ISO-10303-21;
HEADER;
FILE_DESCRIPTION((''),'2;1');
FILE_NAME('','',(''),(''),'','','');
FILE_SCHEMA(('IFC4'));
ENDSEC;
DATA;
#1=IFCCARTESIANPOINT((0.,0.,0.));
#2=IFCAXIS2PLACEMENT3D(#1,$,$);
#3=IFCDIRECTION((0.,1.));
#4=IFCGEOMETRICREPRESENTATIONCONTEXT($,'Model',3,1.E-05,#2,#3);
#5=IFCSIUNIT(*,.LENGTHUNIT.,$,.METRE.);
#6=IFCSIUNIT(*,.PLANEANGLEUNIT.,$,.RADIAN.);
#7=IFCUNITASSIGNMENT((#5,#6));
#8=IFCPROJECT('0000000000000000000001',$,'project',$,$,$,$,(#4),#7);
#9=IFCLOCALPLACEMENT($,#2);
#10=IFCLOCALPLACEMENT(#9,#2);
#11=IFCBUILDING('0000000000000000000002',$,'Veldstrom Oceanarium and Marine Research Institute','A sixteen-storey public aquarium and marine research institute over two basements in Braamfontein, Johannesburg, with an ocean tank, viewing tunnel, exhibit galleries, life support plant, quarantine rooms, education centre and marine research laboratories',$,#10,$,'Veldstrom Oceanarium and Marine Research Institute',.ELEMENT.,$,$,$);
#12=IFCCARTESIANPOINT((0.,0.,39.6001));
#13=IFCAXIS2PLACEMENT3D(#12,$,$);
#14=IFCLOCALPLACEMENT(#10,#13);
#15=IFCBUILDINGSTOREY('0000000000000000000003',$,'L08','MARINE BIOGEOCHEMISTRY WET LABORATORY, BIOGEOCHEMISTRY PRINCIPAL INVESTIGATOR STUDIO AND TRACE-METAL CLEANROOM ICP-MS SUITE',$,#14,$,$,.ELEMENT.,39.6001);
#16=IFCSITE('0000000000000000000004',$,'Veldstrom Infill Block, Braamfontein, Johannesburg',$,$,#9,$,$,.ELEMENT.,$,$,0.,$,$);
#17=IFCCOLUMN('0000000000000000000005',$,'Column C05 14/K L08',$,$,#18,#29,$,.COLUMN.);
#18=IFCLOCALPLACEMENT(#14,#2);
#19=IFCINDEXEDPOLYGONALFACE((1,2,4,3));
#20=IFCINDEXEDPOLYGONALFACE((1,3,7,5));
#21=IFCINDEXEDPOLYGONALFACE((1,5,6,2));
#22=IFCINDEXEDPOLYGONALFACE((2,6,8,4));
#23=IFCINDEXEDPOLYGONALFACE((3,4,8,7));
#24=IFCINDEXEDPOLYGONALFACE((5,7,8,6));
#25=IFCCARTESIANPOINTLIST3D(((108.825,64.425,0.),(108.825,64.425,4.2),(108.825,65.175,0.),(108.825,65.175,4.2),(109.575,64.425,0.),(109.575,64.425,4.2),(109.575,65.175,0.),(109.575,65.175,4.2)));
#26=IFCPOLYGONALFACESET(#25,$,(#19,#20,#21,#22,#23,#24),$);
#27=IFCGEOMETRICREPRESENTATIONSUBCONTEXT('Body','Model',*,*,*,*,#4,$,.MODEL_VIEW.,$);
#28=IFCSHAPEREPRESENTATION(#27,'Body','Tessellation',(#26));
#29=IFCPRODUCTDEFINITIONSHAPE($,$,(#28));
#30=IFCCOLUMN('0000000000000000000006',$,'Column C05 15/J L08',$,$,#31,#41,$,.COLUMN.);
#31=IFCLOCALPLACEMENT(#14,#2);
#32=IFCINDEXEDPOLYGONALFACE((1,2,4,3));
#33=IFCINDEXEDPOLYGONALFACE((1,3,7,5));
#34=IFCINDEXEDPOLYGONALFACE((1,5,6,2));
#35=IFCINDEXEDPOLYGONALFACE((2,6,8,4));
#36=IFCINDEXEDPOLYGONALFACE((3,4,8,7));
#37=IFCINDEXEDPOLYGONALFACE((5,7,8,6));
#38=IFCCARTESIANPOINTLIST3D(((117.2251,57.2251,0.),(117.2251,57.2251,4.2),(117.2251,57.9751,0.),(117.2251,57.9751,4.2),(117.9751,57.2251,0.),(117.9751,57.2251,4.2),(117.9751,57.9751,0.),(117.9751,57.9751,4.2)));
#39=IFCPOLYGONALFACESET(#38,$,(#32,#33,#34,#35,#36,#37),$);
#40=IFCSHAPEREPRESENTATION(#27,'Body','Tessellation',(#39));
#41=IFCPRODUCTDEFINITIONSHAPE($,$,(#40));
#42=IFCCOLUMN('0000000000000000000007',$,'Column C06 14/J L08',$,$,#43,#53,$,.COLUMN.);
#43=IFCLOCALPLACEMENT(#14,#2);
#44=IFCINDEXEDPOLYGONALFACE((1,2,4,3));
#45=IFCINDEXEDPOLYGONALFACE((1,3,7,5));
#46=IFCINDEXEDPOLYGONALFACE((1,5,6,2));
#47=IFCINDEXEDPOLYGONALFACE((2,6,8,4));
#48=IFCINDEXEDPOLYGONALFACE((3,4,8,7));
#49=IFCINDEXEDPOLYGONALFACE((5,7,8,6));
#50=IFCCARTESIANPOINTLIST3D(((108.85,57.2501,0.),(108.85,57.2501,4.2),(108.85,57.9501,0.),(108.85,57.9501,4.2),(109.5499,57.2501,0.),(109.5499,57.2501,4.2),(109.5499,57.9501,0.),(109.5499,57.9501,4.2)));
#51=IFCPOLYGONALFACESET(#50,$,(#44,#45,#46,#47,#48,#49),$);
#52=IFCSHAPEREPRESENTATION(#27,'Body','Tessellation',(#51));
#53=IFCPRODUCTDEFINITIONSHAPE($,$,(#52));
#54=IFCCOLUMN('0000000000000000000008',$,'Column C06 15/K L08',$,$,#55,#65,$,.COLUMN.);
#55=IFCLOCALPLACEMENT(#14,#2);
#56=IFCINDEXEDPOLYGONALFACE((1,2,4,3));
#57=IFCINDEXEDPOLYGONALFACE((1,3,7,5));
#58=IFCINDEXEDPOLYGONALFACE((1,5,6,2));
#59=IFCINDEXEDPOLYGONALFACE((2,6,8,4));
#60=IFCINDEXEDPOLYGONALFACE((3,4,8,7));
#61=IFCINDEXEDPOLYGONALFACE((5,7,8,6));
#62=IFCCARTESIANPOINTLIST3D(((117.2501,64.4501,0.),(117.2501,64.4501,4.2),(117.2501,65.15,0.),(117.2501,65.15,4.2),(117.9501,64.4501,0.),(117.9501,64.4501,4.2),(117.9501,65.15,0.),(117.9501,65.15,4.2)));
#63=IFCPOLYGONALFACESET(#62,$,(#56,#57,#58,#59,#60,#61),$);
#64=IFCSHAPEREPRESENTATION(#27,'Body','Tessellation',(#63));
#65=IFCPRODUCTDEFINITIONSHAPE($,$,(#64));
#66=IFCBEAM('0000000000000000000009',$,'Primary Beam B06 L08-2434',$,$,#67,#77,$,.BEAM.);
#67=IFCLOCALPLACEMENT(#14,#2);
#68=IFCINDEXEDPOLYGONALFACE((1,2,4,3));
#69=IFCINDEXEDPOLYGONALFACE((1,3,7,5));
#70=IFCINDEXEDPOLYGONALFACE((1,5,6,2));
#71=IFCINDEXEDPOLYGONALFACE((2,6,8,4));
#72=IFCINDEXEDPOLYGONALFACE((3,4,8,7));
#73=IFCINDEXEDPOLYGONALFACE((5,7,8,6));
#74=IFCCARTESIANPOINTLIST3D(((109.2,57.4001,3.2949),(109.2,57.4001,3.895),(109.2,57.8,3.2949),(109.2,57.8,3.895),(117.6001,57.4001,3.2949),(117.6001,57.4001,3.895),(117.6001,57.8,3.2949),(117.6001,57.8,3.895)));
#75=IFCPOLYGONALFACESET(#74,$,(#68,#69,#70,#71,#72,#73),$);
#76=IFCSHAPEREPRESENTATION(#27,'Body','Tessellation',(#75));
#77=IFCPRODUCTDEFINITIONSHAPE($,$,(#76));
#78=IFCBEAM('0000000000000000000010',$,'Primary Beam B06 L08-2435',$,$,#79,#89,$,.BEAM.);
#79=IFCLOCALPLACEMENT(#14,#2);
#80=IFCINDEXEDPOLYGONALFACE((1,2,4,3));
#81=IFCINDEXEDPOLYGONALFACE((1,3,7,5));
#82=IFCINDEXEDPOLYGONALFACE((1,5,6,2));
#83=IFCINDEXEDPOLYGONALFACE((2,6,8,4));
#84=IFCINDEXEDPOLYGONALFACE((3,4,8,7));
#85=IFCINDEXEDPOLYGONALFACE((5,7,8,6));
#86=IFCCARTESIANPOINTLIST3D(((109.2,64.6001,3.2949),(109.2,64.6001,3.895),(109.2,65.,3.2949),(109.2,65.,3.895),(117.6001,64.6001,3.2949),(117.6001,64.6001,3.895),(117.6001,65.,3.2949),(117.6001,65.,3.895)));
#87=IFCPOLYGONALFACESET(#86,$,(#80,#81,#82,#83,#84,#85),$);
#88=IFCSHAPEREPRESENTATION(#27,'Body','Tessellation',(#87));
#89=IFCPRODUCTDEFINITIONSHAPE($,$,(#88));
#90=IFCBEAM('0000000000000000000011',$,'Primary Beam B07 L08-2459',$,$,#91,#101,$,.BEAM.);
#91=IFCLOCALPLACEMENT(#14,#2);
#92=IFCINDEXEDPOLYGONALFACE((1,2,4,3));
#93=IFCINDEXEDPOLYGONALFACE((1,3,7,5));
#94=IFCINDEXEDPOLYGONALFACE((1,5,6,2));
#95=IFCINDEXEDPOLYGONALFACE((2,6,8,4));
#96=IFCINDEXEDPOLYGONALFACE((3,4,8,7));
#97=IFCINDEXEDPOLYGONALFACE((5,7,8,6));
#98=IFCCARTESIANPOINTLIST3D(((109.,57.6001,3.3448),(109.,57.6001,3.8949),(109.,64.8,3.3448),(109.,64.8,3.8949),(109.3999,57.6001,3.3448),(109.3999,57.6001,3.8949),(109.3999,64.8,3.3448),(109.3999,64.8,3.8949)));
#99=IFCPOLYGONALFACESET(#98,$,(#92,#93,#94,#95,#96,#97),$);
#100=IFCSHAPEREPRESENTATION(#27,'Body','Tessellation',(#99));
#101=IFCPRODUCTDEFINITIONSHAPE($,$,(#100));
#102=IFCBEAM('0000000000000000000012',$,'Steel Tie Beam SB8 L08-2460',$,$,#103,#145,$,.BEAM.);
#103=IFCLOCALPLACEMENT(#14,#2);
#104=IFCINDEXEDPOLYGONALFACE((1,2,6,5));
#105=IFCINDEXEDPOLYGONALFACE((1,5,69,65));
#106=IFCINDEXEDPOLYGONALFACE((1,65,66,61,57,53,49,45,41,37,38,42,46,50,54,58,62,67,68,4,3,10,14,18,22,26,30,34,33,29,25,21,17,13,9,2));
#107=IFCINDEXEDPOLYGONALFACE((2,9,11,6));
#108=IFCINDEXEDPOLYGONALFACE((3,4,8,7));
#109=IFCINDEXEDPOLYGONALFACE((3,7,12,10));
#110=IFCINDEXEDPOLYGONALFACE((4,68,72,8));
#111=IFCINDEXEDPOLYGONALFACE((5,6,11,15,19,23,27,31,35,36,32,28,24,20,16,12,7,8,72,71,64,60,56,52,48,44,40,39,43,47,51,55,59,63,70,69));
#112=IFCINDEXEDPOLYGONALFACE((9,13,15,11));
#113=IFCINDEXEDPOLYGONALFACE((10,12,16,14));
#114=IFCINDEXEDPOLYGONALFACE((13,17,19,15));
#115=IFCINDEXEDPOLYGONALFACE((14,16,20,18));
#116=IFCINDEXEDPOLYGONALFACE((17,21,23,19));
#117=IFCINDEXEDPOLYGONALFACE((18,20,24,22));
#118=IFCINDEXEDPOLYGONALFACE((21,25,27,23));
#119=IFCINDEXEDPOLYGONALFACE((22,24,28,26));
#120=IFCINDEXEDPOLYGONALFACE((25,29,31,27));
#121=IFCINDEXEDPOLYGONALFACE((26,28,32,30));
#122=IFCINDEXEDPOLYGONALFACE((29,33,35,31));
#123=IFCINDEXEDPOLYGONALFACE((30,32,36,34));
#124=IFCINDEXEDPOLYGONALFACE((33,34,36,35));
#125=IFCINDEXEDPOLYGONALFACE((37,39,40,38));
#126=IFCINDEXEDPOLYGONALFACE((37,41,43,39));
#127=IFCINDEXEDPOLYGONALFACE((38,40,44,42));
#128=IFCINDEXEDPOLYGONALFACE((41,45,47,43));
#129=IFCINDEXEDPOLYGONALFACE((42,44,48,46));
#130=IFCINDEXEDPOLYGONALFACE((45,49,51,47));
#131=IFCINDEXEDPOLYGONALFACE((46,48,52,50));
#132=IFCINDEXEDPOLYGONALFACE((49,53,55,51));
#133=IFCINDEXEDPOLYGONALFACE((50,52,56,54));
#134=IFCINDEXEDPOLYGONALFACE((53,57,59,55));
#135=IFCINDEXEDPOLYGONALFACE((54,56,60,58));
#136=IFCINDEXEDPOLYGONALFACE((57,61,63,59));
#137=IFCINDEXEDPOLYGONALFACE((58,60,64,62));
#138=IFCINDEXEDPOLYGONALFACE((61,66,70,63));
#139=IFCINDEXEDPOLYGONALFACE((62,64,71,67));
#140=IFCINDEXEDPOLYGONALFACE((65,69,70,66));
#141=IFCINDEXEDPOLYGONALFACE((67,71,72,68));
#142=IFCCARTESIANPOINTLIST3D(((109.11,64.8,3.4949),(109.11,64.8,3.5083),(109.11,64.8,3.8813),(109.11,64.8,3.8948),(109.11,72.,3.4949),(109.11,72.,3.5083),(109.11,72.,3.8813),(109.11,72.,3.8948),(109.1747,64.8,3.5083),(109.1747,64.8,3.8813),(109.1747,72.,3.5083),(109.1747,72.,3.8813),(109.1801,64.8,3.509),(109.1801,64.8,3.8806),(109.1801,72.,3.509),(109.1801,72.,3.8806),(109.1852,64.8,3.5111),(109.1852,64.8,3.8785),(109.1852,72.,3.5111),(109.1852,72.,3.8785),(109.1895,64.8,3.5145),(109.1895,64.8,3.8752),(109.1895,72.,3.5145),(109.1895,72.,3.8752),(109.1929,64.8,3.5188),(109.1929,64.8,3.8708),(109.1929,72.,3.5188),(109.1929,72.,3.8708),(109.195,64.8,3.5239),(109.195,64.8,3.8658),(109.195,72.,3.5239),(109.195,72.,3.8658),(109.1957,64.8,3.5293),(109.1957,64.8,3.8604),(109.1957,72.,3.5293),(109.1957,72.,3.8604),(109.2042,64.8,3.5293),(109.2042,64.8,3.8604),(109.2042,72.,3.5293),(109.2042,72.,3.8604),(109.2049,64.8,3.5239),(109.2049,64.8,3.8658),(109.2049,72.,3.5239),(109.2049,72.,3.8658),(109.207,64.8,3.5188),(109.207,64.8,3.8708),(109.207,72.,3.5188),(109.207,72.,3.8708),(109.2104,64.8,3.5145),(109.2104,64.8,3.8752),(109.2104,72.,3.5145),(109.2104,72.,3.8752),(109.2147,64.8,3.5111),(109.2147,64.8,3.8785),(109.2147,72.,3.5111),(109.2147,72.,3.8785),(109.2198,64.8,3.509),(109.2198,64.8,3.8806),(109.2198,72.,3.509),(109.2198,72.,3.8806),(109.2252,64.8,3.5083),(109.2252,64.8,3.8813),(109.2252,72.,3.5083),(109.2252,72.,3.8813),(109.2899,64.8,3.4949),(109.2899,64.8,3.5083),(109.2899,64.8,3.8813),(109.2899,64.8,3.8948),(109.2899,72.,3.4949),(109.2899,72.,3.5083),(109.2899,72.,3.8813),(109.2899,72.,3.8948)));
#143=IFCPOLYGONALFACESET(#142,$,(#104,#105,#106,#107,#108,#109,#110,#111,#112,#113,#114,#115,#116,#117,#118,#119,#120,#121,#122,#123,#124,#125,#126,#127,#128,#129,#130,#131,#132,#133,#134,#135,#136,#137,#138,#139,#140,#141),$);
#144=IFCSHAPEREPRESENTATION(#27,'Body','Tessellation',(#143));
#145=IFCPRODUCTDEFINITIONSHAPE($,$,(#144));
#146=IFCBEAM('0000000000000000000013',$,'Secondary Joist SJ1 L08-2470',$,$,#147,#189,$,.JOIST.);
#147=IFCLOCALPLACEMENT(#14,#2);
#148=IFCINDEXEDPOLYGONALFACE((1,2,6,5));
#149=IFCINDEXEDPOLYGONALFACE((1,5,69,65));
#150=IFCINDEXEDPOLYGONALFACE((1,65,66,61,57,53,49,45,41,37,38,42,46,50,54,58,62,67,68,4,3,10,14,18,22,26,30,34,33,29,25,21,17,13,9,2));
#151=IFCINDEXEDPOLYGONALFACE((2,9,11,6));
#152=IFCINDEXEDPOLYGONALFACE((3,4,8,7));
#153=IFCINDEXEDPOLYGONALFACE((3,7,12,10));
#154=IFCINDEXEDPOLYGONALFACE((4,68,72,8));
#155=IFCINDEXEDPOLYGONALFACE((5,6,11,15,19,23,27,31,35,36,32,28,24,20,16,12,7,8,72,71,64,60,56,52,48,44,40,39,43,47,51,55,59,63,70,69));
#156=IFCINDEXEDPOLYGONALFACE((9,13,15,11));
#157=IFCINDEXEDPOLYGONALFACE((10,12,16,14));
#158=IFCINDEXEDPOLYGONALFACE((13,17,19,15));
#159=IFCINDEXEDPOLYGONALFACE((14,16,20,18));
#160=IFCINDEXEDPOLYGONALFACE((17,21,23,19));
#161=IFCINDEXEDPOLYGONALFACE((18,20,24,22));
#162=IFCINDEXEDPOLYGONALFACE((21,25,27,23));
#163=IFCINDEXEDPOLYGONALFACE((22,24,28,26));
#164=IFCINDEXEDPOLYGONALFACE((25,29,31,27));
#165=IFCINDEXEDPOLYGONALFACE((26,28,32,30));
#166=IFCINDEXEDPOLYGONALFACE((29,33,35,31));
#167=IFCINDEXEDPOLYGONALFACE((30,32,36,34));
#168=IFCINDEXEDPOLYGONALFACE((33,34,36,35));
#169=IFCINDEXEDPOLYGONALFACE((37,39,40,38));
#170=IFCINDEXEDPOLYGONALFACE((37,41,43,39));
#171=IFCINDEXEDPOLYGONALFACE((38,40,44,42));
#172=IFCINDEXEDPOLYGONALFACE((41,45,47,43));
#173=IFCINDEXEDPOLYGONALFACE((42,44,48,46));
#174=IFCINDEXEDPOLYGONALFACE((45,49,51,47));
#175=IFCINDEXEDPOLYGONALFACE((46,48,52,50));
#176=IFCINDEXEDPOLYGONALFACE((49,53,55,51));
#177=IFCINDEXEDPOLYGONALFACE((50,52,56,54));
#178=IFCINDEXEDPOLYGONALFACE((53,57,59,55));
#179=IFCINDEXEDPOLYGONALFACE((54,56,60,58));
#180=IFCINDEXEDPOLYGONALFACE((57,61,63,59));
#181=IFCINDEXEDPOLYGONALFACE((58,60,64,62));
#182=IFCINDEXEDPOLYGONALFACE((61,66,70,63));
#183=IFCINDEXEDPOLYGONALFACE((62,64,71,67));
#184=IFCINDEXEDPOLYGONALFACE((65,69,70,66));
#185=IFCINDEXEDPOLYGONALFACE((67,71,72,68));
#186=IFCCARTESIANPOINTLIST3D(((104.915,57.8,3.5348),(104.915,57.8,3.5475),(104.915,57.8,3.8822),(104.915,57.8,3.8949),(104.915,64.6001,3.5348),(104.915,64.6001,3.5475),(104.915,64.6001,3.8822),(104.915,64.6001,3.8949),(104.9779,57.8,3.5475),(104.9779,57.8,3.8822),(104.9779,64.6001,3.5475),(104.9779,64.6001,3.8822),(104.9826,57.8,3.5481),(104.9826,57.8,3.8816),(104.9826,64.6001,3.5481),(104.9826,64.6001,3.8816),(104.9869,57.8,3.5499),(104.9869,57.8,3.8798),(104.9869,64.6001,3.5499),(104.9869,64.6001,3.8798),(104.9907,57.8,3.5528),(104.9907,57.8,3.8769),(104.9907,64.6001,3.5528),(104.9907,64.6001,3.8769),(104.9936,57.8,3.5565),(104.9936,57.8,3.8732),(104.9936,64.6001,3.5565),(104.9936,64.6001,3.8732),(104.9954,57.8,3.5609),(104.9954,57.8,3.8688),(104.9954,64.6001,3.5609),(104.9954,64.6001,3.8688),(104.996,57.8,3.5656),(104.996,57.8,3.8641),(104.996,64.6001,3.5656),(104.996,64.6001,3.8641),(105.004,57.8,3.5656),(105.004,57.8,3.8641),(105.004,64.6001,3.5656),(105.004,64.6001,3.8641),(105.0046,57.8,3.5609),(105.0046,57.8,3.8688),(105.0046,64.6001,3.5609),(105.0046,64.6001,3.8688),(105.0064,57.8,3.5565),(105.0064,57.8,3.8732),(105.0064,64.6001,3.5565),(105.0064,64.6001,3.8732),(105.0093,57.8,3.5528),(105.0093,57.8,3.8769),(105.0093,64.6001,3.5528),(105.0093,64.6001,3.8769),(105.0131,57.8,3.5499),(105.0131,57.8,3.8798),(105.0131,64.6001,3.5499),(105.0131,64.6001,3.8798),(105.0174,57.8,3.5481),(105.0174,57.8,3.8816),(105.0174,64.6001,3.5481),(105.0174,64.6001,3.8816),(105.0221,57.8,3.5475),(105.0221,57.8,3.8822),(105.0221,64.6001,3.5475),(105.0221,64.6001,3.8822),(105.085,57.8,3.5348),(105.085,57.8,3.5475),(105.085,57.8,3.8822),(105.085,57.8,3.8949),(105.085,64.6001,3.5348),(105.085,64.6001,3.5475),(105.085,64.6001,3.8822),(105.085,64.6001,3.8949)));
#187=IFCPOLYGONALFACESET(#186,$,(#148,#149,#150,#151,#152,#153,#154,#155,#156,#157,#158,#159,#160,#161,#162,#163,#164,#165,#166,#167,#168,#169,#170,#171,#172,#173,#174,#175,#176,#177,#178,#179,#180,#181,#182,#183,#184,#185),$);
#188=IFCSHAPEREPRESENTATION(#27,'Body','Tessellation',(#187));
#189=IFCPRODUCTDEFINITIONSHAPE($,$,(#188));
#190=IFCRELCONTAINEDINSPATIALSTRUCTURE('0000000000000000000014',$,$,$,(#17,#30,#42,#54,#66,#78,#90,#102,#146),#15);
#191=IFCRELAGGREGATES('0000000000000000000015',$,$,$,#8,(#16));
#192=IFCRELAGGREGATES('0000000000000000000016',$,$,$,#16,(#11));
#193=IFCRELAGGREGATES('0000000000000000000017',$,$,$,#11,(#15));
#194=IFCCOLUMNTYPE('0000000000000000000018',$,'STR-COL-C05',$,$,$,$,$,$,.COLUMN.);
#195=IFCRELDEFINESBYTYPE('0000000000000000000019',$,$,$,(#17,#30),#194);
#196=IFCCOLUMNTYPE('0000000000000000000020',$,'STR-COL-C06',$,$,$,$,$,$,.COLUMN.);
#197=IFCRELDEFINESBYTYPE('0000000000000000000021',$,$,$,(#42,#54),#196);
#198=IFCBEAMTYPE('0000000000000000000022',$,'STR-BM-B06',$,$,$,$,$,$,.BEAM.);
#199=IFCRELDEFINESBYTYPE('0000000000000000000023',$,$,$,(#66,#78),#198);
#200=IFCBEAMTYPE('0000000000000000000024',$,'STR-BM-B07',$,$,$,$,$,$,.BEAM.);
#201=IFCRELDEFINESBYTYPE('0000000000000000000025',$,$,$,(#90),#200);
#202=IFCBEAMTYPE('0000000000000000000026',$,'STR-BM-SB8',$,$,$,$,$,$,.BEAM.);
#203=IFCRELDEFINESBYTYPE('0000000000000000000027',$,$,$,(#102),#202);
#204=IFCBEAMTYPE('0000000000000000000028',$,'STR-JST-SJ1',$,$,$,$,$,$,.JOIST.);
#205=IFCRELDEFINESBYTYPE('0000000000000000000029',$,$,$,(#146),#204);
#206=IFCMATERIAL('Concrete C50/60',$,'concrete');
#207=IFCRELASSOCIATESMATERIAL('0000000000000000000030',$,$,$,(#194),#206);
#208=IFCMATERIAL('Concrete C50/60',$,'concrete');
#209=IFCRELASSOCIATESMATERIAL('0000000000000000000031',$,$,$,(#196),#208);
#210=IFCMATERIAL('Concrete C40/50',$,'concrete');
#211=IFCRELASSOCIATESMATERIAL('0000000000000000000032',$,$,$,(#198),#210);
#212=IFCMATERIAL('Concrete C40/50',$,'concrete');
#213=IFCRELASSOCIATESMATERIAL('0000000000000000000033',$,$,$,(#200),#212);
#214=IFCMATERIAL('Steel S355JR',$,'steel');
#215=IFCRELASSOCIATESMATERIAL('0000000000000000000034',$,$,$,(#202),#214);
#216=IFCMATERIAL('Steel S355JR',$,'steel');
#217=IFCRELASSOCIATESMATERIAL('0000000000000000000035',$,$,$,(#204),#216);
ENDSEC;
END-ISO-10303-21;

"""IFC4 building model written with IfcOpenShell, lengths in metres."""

from ifc_helpers import new_model, si_unit, direction, frame, origin, origin_2d, place, context, subcontext, project, spatial, rectangle, i_section, extrude, material, material_profile, profile_set, type_object, element, save


model = new_model("IFC4")

# Units and contexts
model_context = context("Model", 3, precision=1e-05, world=origin(), true_north=direction((0.0, 1.0)))
body_context = subcontext(model_context, "Body", "Model", "MODEL_VIEW")
ifc_project = project(units=[si_unit("LENGTHUNIT", "METRE"), si_unit("PLANEANGLEUNIT", "RADIAN")], contexts=[model_context])

# Site, building, storey
site_placement = place(None, origin())
site = spatial("IfcSite", under=ifc_project, at=site_placement, Name="Veldstrom Infill Block, Braamfontein, Johannesburg", CompositionType="ELEMENT", RefElevation=0.0)
building_placement = place(site_placement, origin())
building = spatial("IfcBuilding", under=site, at=building_placement, Name="Veldstrom Oceanarium and Marine Research Institute", Description="A sixteen-storey public aquarium and marine research institute over two basements in Braamfontein, Johannesburg, with an ocean tank, viewing tunnel, exhibit galleries, life support plant, quarantine rooms, education centre and marine research laboratories", LongName="Veldstrom Oceanarium and Marine Research Institute", CompositionType="ELEMENT")
storey_placement = place(building_placement, frame((0.0, 0.0, 39.6001)))
storey = spatial("IfcBuildingStorey", under=building, at=storey_placement, Name="L08", Description="MARINE BIOGEOCHEMISTRY WET LABORATORY, BIOGEOCHEMISTRY PRINCIPAL INVESTIGATOR STUDIO AND TRACE-METAL CLEANROOM ICP-MS SUITE", CompositionType="ELEMENT", Elevation=39.6001)

# Columns
ifc_material_1 = material(Name="Concrete C50/60", Category="concrete")
ifc_material_profile_1 = material_profile(ifc_material_1, rectangle(XDim=0.75, YDim=0.75, at=origin_2d()), Name="RC-COL-750x750")
ifc_profile_set_1 = profile_set([ifc_material_profile_1], Name="Concrete C50/60")
column_type_1 = type_object("IfcColumnType", Name="STR-COL-C05", PredefinedType="COLUMN", material=ifc_profile_set_1)
for number, where, z_axis, x_axis, name in (
    (1, (109.2, 64.8, 0.0), (0.0, 0.0, 1.0), (1.0, 0.0, 0.0), "Column C05 14/K L08"),
    (2, (117.6001, 57.6001, 0.0), (0.0, 0.0, 1.0), (1.0, 0.0, 0.0), "Column C05 15/J L08"),
):
    element("IfcColumn", number, at=place(storey_placement, frame(where, z_axis=z_axis, x_axis=x_axis)), inside=storey, type_object=column_type_1, Name=name, PredefinedType="COLUMN", context=body_context, shape_type="SweptSolid", body=[
        extrude(rectangle(XDim=0.75, YDim=0.75, at=origin_2d()), origin(), (0.0, 0.0, 1.0), 4.2),
    ])
ifc_material_2 = material(Name="Concrete C50/60", Category="concrete")
ifc_material_profile_2 = material_profile(ifc_material_2, rectangle(XDim=0.7, YDim=0.7, at=origin_2d()), Name="RC-COL-700x700")
ifc_profile_set_2 = profile_set([ifc_material_profile_2], Name="Concrete C50/60")
column_type_2 = type_object("IfcColumnType", Name="STR-COL-C06", PredefinedType="COLUMN", material=ifc_profile_set_2)
for number, where, z_axis, x_axis, name in (
    (3, (109.2, 57.6001, 0.0), (0.0, 0.0, 1.0), (1.0, 0.0, 0.0), "Column C06 14/J L08"),
    (4, (117.6001, 64.8, 0.0), (0.0, 0.0, 1.0), (1.0, 0.0, 0.0), "Column C06 15/K L08"),
):
    element("IfcColumn", number, at=place(storey_placement, frame(where, z_axis=z_axis, x_axis=x_axis)), inside=storey, type_object=column_type_2, Name=name, PredefinedType="COLUMN", context=body_context, shape_type="SweptSolid", body=[
        extrude(rectangle(XDim=0.7, YDim=0.7, at=origin_2d()), origin(), (0.0, 0.0, 1.0), 4.2),
    ])

# Beams
ifc_material_3 = material(Name="Concrete C40/50", Category="concrete")
ifc_material_profile_3 = material_profile(ifc_material_3, rectangle(XDim=0.3999, YDim=0.6001, at=origin_2d()), Name="RC-BM-400x600")
ifc_profile_set_3 = profile_set([ifc_material_profile_3], Name="Concrete C40/50")
beam_type_1 = type_object("IfcBeamType", Name="STR-BM-B06", PredefinedType="BEAM", material=ifc_profile_set_3)
for number, where, z_axis, x_axis, name in (
    (5, (109.2, 57.6001, 3.595), (1.0, 0.0, 0.0), (0.0, 1.0, 0.0), "Primary Beam B06 L08-2434"),
    (6, (109.2, 64.8, 3.595), (1.0, 0.0, 0.0), (0.0, 1.0, 0.0), "Primary Beam B06 L08-2435"),
):
    element("IfcBeam", number, at=place(storey_placement, frame(where, z_axis=z_axis, x_axis=x_axis)), inside=storey, type_object=beam_type_1, Name=name, PredefinedType="BEAM", context=body_context, shape_type="SweptSolid", body=[
        extrude(rectangle(XDim=0.3999, YDim=0.6001, at=origin_2d()), origin(), (0.0, 0.0, 1.0), 8.4001),
    ])
ifc_material_4 = material(Name="Concrete C40/50", Category="concrete")
ifc_material_profile_4 = material_profile(ifc_material_4, rectangle(XDim=0.3999, YDim=0.55, at=origin_2d()), Name="RC-BM-400x550")
ifc_profile_set_4 = profile_set([ifc_material_profile_4], Name="Concrete C40/50")
beam_type_2 = type_object("IfcBeamType", Name="STR-BM-B07", PredefinedType="BEAM", material=ifc_profile_set_4)
beam_1_placement = place(storey_placement, frame((109.2, 57.6001, 3.6199), z_axis=(0.0, 1.0, 0.0), x_axis=(-1.0, 0.0, 0.0)))
element("IfcBeam", 7, at=beam_1_placement, inside=storey, type_object=beam_type_2, Name="Primary Beam B07 L08-2459", PredefinedType="BEAM", context=body_context, shape_type="SweptSolid", body=[
    extrude(rectangle(XDim=0.3999, YDim=0.55, at=origin_2d()), origin(), (0.0, 0.0, 1.0), 7.2),
])
ifc_material_5 = material(Name="Steel S355JR", Category="steel")
ifc_material_profile_5 = material_profile(ifc_material_5, i_section(OverallWidth=0.1799, OverallDepth=0.3999, WebThickness=0.0085, FlangeThickness=0.0134, FilletRadius=0.021, at=origin_2d()), Name="IPE 400")
ifc_profile_set_5 = profile_set([ifc_material_profile_5], Name="Steel S355JR")
beam_type_3 = type_object("IfcBeamType", Name="STR-BM-SB8", PredefinedType="BEAM", material=ifc_profile_set_5)
beam_2_placement = place(storey_placement, frame((109.2, 64.8, 3.6948), z_axis=(0.0, 1.0, 0.0), x_axis=(-1.0, 0.0, 0.0)))
element("IfcBeam", 8, at=beam_2_placement, inside=storey, type_object=beam_type_3, Name="Steel Tie Beam SB8 L08-2460", PredefinedType="BEAM", context=body_context, shape_type="SweptSolid", body=[
    extrude(i_section(OverallWidth=0.1799, OverallDepth=0.3999, WebThickness=0.0085, FlangeThickness=0.0134, FilletRadius=0.021, at=origin_2d()), origin(), (0.0, 0.0, 1.0), 7.2),
])
ifc_material_6 = material(Name="Steel S355JR", Category="steel")
ifc_material_profile_6 = material_profile(ifc_material_6, i_section(OverallWidth=0.1699, OverallDepth=0.3601, WebThickness=0.0081, FlangeThickness=0.0127, FilletRadius=0.0181, at=origin_2d()), Name="IPE 360")
ifc_profile_set_6 = profile_set([ifc_material_profile_6], Name="Steel S355JR")
beam_type_4 = type_object("IfcBeamType", Name="STR-JST-SJ1", PredefinedType="JOIST", material=ifc_profile_set_6)
beam_3_placement = place(storey_placement, frame((105.0, 57.8, 3.7148), z_axis=(0.0, 1.0, 0.0), x_axis=(-1.0, 0.0, 0.0)))
element("IfcBeam", 9, at=beam_3_placement, inside=storey, type_object=beam_type_4, Name="Secondary Joist SJ1 L08-2470", PredefinedType="JOIST", context=body_context, shape_type="SweptSolid", body=[
    extrude(i_section(OverallWidth=0.1699, OverallDepth=0.3601, WebThickness=0.0081, FlangeThickness=0.0127, FilletRadius=0.0181, at=origin_2d()), origin(), (0.0, 0.0, 1.0), 6.8),
])

save(model, "model.ifc")
